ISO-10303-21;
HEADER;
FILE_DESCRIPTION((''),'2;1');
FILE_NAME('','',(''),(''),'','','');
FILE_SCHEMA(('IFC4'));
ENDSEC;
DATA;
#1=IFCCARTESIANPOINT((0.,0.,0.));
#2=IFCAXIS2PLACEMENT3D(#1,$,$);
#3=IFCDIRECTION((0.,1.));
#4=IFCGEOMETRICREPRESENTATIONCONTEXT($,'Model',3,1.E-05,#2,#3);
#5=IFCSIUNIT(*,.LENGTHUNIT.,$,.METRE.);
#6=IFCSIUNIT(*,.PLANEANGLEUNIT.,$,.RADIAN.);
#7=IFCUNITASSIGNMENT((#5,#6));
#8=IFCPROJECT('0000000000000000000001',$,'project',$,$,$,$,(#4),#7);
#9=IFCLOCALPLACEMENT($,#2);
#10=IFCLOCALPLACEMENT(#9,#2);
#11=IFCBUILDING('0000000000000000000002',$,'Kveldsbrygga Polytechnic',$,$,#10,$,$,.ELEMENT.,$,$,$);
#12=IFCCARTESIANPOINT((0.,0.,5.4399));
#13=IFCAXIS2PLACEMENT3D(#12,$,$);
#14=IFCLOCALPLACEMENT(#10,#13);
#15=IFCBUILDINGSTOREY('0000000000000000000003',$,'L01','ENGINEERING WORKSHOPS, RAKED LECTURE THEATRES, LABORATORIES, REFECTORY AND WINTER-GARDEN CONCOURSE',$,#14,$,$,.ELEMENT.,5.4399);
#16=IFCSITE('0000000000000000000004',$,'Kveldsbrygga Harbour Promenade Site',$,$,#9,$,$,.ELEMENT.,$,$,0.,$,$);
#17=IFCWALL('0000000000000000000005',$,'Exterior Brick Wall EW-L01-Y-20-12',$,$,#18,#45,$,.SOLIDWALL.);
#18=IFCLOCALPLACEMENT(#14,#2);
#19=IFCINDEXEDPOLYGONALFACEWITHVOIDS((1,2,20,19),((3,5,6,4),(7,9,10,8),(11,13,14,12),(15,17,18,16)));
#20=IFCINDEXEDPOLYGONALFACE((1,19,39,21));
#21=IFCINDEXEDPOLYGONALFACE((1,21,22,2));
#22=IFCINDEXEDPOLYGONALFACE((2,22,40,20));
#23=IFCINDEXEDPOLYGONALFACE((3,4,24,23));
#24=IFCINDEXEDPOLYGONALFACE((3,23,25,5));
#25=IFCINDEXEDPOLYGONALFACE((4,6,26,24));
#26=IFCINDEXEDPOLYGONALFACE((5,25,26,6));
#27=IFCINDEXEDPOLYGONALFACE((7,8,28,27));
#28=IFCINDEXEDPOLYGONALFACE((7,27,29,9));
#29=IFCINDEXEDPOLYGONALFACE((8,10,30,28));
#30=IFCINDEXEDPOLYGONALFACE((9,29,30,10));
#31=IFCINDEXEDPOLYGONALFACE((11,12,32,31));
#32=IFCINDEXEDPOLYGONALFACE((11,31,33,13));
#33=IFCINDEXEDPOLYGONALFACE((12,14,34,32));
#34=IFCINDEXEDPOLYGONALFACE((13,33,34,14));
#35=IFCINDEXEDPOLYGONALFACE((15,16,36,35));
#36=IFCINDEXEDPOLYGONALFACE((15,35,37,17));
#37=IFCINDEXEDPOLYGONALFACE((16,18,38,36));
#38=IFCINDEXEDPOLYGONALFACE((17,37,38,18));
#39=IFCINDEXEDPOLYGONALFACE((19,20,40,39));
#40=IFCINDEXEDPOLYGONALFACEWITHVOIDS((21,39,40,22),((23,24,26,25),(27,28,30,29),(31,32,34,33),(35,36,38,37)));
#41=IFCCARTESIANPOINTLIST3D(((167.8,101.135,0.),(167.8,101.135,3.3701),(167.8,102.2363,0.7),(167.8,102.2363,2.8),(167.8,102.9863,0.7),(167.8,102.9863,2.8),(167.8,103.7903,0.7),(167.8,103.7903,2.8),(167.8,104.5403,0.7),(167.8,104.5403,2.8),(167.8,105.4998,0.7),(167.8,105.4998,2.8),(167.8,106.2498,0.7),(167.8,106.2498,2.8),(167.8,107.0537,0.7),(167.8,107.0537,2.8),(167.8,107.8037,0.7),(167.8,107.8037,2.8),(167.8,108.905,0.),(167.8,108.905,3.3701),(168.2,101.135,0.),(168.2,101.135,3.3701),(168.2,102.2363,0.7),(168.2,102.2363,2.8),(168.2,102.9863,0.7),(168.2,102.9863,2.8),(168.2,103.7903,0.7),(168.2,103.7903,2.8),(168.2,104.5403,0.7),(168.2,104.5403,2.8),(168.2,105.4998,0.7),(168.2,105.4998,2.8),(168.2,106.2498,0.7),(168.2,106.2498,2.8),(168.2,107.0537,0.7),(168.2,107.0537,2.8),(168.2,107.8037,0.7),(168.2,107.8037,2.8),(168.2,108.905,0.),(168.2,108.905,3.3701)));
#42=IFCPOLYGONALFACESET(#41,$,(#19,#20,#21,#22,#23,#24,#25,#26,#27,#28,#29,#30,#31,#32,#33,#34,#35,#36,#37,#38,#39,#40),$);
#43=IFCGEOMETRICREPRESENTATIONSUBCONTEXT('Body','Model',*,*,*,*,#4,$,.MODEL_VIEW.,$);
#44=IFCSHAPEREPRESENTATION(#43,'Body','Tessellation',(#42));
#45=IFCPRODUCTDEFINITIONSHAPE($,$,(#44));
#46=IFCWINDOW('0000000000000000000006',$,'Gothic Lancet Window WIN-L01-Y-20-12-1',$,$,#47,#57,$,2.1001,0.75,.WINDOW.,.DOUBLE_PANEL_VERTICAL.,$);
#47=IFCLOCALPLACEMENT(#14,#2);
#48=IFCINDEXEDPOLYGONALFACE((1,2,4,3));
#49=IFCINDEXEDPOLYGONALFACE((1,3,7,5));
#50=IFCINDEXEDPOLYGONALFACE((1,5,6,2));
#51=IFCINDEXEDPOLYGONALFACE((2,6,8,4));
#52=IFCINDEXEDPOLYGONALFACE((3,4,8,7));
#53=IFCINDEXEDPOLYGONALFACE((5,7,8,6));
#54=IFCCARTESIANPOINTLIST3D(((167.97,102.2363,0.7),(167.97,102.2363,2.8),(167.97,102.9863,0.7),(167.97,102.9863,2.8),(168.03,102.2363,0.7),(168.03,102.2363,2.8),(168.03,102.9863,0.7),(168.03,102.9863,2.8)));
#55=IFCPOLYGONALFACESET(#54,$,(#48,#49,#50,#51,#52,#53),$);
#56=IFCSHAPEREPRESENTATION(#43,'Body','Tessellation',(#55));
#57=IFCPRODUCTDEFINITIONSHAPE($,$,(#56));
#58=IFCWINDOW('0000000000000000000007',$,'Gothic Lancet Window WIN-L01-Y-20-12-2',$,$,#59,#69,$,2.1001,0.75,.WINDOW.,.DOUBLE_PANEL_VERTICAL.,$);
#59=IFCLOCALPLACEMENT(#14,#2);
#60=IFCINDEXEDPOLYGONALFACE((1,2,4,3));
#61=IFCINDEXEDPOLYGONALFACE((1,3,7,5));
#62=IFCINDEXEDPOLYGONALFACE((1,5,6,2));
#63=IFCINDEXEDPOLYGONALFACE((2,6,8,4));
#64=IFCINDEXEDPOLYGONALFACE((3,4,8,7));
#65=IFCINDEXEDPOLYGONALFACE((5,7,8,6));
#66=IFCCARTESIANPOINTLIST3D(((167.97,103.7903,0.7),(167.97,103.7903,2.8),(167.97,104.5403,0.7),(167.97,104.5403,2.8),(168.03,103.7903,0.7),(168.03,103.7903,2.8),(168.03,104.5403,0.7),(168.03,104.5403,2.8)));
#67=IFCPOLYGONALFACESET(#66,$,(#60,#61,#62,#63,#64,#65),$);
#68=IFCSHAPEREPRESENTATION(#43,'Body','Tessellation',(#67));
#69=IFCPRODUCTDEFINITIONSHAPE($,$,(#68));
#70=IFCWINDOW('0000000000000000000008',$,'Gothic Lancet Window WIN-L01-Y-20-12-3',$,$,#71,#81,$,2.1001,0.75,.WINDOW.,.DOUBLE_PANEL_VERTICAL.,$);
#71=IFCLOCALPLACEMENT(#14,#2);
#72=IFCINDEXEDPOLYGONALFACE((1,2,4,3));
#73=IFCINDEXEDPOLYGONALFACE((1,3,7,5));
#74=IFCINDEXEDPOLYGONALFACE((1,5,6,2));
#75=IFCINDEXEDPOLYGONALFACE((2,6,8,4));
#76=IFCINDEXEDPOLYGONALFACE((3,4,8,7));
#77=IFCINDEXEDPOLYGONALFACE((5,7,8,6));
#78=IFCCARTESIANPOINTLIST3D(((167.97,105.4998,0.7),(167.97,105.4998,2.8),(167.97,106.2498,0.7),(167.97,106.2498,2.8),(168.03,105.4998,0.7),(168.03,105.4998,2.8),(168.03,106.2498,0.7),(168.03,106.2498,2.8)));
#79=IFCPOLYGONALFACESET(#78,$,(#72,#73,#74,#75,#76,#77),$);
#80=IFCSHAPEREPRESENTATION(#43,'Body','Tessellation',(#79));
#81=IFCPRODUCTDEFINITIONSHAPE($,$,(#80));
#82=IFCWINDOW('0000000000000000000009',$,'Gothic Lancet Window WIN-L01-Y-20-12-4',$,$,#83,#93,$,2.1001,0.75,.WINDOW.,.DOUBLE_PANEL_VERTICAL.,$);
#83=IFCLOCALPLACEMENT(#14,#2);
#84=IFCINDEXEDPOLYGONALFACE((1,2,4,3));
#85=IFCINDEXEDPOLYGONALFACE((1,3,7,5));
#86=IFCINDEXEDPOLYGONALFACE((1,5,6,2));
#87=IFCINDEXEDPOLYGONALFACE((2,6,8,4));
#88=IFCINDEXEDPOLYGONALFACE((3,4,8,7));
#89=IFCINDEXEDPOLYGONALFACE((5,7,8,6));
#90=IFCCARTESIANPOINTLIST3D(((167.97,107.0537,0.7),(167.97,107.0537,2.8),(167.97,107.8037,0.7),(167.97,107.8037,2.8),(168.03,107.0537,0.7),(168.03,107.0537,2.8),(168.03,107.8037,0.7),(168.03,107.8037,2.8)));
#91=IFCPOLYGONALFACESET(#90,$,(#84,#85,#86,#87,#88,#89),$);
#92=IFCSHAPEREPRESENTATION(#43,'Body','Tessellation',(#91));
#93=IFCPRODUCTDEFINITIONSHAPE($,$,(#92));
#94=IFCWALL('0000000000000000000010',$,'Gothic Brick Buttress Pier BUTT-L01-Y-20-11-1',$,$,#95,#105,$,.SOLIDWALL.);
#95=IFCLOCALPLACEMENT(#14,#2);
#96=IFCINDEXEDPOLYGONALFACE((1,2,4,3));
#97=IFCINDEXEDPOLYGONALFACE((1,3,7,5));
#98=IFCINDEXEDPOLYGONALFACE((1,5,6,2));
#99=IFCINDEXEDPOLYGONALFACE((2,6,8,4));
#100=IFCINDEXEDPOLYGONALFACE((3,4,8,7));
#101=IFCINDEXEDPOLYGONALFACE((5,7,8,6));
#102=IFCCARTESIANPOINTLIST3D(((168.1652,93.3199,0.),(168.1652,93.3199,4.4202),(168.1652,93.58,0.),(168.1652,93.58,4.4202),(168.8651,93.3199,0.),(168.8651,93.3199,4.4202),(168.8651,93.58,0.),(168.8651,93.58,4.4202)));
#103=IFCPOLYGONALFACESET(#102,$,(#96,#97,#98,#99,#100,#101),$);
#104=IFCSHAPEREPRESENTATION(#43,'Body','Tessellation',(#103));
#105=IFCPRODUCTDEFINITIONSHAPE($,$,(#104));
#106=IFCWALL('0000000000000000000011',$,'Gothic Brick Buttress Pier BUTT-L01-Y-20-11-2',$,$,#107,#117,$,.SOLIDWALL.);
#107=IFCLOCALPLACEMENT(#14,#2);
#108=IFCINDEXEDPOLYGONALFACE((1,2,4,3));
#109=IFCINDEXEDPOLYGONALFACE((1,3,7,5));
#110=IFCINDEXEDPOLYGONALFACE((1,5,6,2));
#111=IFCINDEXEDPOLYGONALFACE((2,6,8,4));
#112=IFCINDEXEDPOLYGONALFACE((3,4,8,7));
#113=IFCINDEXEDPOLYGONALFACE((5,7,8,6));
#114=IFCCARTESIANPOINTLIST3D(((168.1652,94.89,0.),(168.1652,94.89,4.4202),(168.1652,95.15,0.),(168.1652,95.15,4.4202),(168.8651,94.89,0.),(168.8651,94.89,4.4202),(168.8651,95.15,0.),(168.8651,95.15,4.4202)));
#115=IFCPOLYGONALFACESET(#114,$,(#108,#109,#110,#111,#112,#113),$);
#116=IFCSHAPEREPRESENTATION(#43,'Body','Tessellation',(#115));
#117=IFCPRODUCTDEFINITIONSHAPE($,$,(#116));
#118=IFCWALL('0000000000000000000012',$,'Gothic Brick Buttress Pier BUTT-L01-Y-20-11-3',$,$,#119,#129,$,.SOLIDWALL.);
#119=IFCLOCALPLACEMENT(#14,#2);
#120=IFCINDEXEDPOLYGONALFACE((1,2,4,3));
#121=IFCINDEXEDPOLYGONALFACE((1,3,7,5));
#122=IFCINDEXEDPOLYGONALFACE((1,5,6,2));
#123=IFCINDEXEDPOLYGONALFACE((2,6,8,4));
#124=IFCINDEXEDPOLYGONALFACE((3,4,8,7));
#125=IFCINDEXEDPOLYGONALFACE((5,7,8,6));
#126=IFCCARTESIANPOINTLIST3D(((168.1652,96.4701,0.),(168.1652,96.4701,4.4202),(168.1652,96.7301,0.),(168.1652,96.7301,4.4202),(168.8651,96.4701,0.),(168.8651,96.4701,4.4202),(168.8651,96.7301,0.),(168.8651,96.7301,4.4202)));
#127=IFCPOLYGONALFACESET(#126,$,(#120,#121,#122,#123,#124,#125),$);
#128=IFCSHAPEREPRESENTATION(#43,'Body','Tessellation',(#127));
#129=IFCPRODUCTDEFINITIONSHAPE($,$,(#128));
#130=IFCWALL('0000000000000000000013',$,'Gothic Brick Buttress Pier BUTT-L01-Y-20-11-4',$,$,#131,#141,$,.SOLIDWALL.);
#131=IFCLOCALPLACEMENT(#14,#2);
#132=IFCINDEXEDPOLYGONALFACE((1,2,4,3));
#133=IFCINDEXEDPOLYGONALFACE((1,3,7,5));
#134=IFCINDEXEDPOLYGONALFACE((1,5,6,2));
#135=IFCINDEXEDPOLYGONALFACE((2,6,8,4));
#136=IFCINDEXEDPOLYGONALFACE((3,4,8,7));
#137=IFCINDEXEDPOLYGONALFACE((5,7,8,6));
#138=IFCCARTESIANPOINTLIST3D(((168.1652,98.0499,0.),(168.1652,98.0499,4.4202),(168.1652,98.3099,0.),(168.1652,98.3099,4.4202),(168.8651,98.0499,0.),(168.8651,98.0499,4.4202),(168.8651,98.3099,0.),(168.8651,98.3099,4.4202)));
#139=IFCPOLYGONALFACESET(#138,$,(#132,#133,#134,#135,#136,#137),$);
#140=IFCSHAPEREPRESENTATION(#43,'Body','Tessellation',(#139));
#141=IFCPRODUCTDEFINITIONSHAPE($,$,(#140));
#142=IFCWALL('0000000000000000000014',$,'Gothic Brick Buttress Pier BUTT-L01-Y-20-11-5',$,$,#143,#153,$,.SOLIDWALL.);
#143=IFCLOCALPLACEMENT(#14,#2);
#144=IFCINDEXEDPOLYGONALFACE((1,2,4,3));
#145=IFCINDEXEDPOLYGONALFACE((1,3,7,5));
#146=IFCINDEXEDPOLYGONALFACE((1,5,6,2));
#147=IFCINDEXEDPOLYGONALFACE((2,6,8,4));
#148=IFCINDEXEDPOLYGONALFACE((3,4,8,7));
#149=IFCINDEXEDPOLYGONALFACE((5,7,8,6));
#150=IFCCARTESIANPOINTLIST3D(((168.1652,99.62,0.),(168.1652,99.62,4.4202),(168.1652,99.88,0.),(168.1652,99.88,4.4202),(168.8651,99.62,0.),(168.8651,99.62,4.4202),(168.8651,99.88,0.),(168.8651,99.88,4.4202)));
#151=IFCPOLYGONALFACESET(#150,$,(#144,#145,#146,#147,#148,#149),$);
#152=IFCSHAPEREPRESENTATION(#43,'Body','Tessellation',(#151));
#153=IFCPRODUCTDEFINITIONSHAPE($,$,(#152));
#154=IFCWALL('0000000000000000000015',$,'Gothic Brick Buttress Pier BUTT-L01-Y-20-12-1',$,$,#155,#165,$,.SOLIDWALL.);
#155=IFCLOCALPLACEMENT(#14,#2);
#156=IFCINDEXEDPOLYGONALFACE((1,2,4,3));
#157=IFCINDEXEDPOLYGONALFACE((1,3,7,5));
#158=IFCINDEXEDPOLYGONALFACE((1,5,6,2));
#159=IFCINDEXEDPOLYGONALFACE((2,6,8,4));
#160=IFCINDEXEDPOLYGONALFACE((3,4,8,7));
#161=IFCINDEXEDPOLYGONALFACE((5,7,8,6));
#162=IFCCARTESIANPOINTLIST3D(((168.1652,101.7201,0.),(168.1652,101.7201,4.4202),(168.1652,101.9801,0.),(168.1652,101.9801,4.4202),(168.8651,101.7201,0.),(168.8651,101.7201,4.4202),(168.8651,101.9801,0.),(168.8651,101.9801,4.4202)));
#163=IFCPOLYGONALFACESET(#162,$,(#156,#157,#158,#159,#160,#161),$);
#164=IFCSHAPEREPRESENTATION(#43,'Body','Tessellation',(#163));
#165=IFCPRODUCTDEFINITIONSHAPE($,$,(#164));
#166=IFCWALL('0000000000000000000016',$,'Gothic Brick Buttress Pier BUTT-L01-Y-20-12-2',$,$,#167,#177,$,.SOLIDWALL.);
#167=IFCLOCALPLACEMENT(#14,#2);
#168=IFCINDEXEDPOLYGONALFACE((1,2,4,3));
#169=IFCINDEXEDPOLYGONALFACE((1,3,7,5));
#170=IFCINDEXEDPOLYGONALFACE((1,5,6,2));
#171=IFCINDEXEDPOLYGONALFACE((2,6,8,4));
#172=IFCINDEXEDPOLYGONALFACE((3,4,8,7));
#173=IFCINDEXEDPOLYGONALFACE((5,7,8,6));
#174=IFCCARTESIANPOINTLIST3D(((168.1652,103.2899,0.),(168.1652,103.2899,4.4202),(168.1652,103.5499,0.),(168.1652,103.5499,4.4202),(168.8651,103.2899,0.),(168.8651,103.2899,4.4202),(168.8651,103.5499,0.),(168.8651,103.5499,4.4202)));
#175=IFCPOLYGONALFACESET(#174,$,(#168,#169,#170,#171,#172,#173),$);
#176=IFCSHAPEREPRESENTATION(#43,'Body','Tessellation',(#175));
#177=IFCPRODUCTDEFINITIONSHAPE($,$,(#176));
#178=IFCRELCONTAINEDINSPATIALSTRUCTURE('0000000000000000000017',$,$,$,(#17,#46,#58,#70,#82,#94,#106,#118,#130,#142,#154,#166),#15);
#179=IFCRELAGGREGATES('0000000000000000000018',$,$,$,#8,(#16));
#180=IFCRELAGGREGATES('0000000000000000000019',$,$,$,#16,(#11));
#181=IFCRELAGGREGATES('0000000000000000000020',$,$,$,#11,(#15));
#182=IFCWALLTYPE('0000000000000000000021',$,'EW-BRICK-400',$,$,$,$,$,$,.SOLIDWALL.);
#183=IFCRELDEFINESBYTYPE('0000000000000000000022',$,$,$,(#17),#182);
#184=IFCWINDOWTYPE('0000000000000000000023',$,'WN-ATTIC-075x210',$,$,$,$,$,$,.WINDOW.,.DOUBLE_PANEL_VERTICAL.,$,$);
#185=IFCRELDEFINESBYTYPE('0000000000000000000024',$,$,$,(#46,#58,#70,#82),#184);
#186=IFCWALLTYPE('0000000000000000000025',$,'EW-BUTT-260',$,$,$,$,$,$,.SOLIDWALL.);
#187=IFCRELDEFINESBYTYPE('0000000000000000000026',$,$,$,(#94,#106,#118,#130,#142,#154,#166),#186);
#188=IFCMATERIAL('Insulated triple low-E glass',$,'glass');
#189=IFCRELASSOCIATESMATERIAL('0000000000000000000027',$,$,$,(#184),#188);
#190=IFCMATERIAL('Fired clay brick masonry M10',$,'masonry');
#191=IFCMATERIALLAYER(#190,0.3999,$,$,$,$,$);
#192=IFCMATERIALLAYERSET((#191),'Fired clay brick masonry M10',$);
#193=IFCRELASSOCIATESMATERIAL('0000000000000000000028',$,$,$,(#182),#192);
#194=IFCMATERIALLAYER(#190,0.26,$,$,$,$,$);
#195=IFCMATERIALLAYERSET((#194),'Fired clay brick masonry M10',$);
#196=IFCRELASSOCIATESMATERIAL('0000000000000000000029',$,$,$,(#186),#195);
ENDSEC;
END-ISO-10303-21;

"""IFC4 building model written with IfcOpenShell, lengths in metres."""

from ifc_helpers import new_model, si_unit, direction, frame, frame_2d, origin, place, context, subcontext, project, spatial, rectangle, extrude, material, layer, layer_set, type_object, element, fill, save


model = new_model("IFC4")

# Units and contexts
model_context = context("Model", 3, precision=1e-05, world=origin(), true_north=direction((0.0, 1.0)))
body_context = subcontext(model_context, "Body", "Model", "MODEL_VIEW")
ifc_project = project(units=[si_unit("LENGTHUNIT", "METRE"), si_unit("PLANEANGLEUNIT", "RADIAN")], contexts=[model_context])

# Site, building, storey
site_placement = place(None, origin())
site = spatial("IfcSite", under=ifc_project, at=site_placement, Name="Kveldsbrygga Harbour Promenade Site", CompositionType="ELEMENT", RefElevation=0.0)
building_placement = place(site_placement, origin())
building = spatial("IfcBuilding", under=site, at=building_placement, Name="Kveldsbrygga Polytechnic", CompositionType="ELEMENT")
storey_placement = place(building_placement, frame((0.0, 0.0, 5.4399)))
storey = spatial("IfcBuildingStorey", under=building, at=storey_placement, Name="L01", Description="ENGINEERING WORKSHOPS, RAKED LECTURE THEATRES, LABORATORIES, REFECTORY AND WINTER-GARDEN CONCOURSE", CompositionType="ELEMENT", Elevation=5.4399)

# Shared definitions
ifc_material_1 = material(Name="Insulated triple low-E glass", Category="glass")

# Wall, openings, windows
ifc_material_2 = material(Name="Fired clay brick masonry M10", Category="masonry")
window_type = type_object("IfcWindowType", Name="WN-ATTIC-075x210", PartitioningType="DOUBLE_PANEL_VERTICAL", PredefinedType="WINDOW", material=ifc_material_1)
ifc_layer_1 = layer(ifc_material_2, 0.3999)
ifc_layer_set_1 = layer_set([ifc_layer_1], Name="Fired clay brick masonry M10")
wall_type_1 = type_object("IfcWallType", Name="EW-BRICK-400", PredefinedType="SOLIDWALL", material=ifc_layer_set_1)
wall_1_placement = place(storey_placement, frame((168.0, 101.135, 0.0), z_axis=(0.0, 0.0, 1.0), x_axis=(0.0, 1.0, 0.0)))
wall_1 = element("IfcWall", 1, at=wall_1_placement, inside=storey, type_object=wall_type_1, Name="Exterior Brick Wall EW-L01-Y-20-12", PredefinedType="SOLIDWALL", context=body_context, shape_type="SweptSolid", body=[
    extrude(rectangle(XDim=7.77, YDim=0.3999, at=frame_2d((3.885, 0.0))), origin(), (0.0, 0.0, 1.0), 3.3701),
])
opening_1_placement = place(wall_1_placement, frame((1.1013, 0.0, 0.7)))
opening_1 = element("IfcOpeningElement", 2, at=opening_1_placement, cuts=wall_1, PredefinedType="OPENING", context=body_context, shape_type="SweptSolid", body=[
    extrude(rectangle(XDim=0.75, YDim=2.1001, at=frame_2d((0.375, 1.05))), frame((0.0, 0.21, 0.0), z_axis=(0.0, -1.0, 0.0), x_axis=(1.0, 0.0, 0.0)), (0.0, 0.0, 1.0), 0.4199),
])
opening_2_placement = place(wall_1_placement, frame((2.6553, 0.0, 0.7)))
opening_2 = element("IfcOpeningElement", 3, at=opening_2_placement, cuts=wall_1, PredefinedType="OPENING", context=body_context, shape_type="SweptSolid", body=[
    extrude(rectangle(XDim=0.75, YDim=2.1001, at=frame_2d((0.375, 1.05))), frame((0.0, 0.21, 0.0), z_axis=(0.0, -1.0, 0.0), x_axis=(1.0, 0.0, 0.0)), (0.0, 0.0, 1.0), 0.4199),
])
opening_3_placement = place(wall_1_placement, frame((4.3647, 0.0, 0.7)))
opening_3 = element("IfcOpeningElement", 4, at=opening_3_placement, cuts=wall_1, PredefinedType="OPENING", context=body_context, shape_type="SweptSolid", body=[
    extrude(rectangle(XDim=0.75, YDim=2.1001, at=frame_2d((0.375, 1.05))), frame((0.0, 0.21, 0.0), z_axis=(0.0, -1.0, 0.0), x_axis=(1.0, 0.0, 0.0)), (0.0, 0.0, 1.0), 0.4199),
])
opening_4_placement = place(wall_1_placement, frame((5.9187, 0.0, 0.7)))
opening_4 = element("IfcOpeningElement", 5, at=opening_4_placement, cuts=wall_1, PredefinedType="OPENING", context=body_context, shape_type="SweptSolid", body=[
    extrude(rectangle(XDim=0.75, YDim=2.1001, at=frame_2d((0.375, 1.05))), frame((0.0, 0.21, 0.0), z_axis=(0.0, -1.0, 0.0), x_axis=(1.0, 0.0, 0.0)), (0.0, 0.0, 1.0), 0.4199),
])
window_1_placement = place(opening_1_placement, origin())
window_1 = element("IfcWindow", 6, at=window_1_placement, inside=storey, type_object=window_type, Name="Gothic Lancet Window WIN-L01-Y-20-12-1", OverallHeight=2.1001, OverallWidth=0.75, PartitioningType="DOUBLE_PANEL_VERTICAL", PredefinedType="WINDOW", context=body_context, shape_type="SweptSolid", body=[
    extrude(rectangle(XDim=0.75, YDim=2.1001, at=frame_2d((0.375, 1.05))), frame((0.0, 0.03, 0.0), z_axis=(0.0, -1.0, 0.0), x_axis=(1.0, 0.0, 0.0)), (0.0, 0.0, 1.0), 0.0601),
])
fill(opening_1, window_1)
window_2_placement = place(opening_2_placement, origin())
window_2 = element("IfcWindow", 7, at=window_2_placement, inside=storey, type_object=window_type, Name="Gothic Lancet Window WIN-L01-Y-20-12-2", OverallHeight=2.1001, OverallWidth=0.75, PartitioningType="DOUBLE_PANEL_VERTICAL", PredefinedType="WINDOW", context=body_context, shape_type="SweptSolid", body=[
    extrude(rectangle(XDim=0.75, YDim=2.1001, at=frame_2d((0.375, 1.05))), frame((0.0, 0.03, 0.0), z_axis=(0.0, -1.0, 0.0), x_axis=(1.0, 0.0, 0.0)), (0.0, 0.0, 1.0), 0.0601),
])
fill(opening_2, window_2)
window_3_placement = place(opening_3_placement, origin())
window_3 = element("IfcWindow", 8, at=window_3_placement, inside=storey, type_object=window_type, Name="Gothic Lancet Window WIN-L01-Y-20-12-3", OverallHeight=2.1001, OverallWidth=0.75, PartitioningType="DOUBLE_PANEL_VERTICAL", PredefinedType="WINDOW", context=body_context, shape_type="SweptSolid", body=[
    extrude(rectangle(XDim=0.75, YDim=2.1001, at=frame_2d((0.375, 1.05))), frame((0.0, 0.03, 0.0), z_axis=(0.0, -1.0, 0.0), x_axis=(1.0, 0.0, 0.0)), (0.0, 0.0, 1.0), 0.0601),
])
fill(opening_3, window_3)
window_4_placement = place(opening_4_placement, origin())
window_4 = element("IfcWindow", 9, at=window_4_placement, inside=storey, type_object=window_type, Name="Gothic Lancet Window WIN-L01-Y-20-12-4", OverallHeight=2.1001, OverallWidth=0.75, PartitioningType="DOUBLE_PANEL_VERTICAL", PredefinedType="WINDOW", context=body_context, shape_type="SweptSolid", body=[
    extrude(rectangle(XDim=0.75, YDim=2.1001, at=frame_2d((0.375, 1.05))), frame((0.0, 0.03, 0.0), z_axis=(0.0, -1.0, 0.0), x_axis=(1.0, 0.0, 0.0)), (0.0, 0.0, 1.0), 0.0601),
])
fill(opening_4, window_4)

# Walls
ifc_layer_2 = layer(ifc_material_2, 0.26)
ifc_layer_set_2 = layer_set([ifc_layer_2], Name="Fired clay brick masonry M10")
wall_type_2 = type_object("IfcWallType", Name="EW-BUTT-260", PredefinedType="SOLIDWALL", material=ifc_layer_set_2)
for number, where, z_axis, x_axis, name in (
    (10, (168.165, 93.45, 0.0), (0.0, 0.0, 1.0), (1.0, 0.0, 0.0), "Gothic Brick Buttress Pier BUTT-L01-Y-20-11-1"),
    (11, (168.165, 95.02, 0.0), (0.0, 0.0, 1.0), (1.0, 0.0, 0.0), "Gothic Brick Buttress Pier BUTT-L01-Y-20-11-2"),
    (12, (168.165, 96.6001, 0.0), (0.0, 0.0, 1.0), (1.0, 0.0, 0.0), "Gothic Brick Buttress Pier BUTT-L01-Y-20-11-3"),
    (13, (168.165, 98.1799, 0.0), (0.0, 0.0, 1.0), (1.0, 0.0, 0.0), "Gothic Brick Buttress Pier BUTT-L01-Y-20-11-4"),
    (14, (168.165, 99.75, 0.0), (0.0, 0.0, 1.0), (1.0, 0.0, 0.0), "Gothic Brick Buttress Pier BUTT-L01-Y-20-11-5"),
    (15, (168.165, 101.8501, 0.0), (0.0, 0.0, 1.0), (1.0, 0.0, 0.0), "Gothic Brick Buttress Pier BUTT-L01-Y-20-12-1"),
    (16, (168.165, 103.4199, 0.0), (0.0, 0.0, 1.0), (1.0, 0.0, 0.0), "Gothic Brick Buttress Pier BUTT-L01-Y-20-12-2"),
):
    element("IfcWall", number, at=place(storey_placement, frame(where, z_axis=z_axis, x_axis=x_axis)), inside=storey, type_object=wall_type_2, Name=name, PredefinedType="SOLIDWALL", context=body_context, shape_type="SweptSolid", body=[
        extrude(rectangle(XDim=0.7, YDim=0.26, at=frame_2d((0.3501, 0.0))), origin(), (0.0, 0.0, 1.0), 4.4202),
    ])

save(model, "model.ifc")
